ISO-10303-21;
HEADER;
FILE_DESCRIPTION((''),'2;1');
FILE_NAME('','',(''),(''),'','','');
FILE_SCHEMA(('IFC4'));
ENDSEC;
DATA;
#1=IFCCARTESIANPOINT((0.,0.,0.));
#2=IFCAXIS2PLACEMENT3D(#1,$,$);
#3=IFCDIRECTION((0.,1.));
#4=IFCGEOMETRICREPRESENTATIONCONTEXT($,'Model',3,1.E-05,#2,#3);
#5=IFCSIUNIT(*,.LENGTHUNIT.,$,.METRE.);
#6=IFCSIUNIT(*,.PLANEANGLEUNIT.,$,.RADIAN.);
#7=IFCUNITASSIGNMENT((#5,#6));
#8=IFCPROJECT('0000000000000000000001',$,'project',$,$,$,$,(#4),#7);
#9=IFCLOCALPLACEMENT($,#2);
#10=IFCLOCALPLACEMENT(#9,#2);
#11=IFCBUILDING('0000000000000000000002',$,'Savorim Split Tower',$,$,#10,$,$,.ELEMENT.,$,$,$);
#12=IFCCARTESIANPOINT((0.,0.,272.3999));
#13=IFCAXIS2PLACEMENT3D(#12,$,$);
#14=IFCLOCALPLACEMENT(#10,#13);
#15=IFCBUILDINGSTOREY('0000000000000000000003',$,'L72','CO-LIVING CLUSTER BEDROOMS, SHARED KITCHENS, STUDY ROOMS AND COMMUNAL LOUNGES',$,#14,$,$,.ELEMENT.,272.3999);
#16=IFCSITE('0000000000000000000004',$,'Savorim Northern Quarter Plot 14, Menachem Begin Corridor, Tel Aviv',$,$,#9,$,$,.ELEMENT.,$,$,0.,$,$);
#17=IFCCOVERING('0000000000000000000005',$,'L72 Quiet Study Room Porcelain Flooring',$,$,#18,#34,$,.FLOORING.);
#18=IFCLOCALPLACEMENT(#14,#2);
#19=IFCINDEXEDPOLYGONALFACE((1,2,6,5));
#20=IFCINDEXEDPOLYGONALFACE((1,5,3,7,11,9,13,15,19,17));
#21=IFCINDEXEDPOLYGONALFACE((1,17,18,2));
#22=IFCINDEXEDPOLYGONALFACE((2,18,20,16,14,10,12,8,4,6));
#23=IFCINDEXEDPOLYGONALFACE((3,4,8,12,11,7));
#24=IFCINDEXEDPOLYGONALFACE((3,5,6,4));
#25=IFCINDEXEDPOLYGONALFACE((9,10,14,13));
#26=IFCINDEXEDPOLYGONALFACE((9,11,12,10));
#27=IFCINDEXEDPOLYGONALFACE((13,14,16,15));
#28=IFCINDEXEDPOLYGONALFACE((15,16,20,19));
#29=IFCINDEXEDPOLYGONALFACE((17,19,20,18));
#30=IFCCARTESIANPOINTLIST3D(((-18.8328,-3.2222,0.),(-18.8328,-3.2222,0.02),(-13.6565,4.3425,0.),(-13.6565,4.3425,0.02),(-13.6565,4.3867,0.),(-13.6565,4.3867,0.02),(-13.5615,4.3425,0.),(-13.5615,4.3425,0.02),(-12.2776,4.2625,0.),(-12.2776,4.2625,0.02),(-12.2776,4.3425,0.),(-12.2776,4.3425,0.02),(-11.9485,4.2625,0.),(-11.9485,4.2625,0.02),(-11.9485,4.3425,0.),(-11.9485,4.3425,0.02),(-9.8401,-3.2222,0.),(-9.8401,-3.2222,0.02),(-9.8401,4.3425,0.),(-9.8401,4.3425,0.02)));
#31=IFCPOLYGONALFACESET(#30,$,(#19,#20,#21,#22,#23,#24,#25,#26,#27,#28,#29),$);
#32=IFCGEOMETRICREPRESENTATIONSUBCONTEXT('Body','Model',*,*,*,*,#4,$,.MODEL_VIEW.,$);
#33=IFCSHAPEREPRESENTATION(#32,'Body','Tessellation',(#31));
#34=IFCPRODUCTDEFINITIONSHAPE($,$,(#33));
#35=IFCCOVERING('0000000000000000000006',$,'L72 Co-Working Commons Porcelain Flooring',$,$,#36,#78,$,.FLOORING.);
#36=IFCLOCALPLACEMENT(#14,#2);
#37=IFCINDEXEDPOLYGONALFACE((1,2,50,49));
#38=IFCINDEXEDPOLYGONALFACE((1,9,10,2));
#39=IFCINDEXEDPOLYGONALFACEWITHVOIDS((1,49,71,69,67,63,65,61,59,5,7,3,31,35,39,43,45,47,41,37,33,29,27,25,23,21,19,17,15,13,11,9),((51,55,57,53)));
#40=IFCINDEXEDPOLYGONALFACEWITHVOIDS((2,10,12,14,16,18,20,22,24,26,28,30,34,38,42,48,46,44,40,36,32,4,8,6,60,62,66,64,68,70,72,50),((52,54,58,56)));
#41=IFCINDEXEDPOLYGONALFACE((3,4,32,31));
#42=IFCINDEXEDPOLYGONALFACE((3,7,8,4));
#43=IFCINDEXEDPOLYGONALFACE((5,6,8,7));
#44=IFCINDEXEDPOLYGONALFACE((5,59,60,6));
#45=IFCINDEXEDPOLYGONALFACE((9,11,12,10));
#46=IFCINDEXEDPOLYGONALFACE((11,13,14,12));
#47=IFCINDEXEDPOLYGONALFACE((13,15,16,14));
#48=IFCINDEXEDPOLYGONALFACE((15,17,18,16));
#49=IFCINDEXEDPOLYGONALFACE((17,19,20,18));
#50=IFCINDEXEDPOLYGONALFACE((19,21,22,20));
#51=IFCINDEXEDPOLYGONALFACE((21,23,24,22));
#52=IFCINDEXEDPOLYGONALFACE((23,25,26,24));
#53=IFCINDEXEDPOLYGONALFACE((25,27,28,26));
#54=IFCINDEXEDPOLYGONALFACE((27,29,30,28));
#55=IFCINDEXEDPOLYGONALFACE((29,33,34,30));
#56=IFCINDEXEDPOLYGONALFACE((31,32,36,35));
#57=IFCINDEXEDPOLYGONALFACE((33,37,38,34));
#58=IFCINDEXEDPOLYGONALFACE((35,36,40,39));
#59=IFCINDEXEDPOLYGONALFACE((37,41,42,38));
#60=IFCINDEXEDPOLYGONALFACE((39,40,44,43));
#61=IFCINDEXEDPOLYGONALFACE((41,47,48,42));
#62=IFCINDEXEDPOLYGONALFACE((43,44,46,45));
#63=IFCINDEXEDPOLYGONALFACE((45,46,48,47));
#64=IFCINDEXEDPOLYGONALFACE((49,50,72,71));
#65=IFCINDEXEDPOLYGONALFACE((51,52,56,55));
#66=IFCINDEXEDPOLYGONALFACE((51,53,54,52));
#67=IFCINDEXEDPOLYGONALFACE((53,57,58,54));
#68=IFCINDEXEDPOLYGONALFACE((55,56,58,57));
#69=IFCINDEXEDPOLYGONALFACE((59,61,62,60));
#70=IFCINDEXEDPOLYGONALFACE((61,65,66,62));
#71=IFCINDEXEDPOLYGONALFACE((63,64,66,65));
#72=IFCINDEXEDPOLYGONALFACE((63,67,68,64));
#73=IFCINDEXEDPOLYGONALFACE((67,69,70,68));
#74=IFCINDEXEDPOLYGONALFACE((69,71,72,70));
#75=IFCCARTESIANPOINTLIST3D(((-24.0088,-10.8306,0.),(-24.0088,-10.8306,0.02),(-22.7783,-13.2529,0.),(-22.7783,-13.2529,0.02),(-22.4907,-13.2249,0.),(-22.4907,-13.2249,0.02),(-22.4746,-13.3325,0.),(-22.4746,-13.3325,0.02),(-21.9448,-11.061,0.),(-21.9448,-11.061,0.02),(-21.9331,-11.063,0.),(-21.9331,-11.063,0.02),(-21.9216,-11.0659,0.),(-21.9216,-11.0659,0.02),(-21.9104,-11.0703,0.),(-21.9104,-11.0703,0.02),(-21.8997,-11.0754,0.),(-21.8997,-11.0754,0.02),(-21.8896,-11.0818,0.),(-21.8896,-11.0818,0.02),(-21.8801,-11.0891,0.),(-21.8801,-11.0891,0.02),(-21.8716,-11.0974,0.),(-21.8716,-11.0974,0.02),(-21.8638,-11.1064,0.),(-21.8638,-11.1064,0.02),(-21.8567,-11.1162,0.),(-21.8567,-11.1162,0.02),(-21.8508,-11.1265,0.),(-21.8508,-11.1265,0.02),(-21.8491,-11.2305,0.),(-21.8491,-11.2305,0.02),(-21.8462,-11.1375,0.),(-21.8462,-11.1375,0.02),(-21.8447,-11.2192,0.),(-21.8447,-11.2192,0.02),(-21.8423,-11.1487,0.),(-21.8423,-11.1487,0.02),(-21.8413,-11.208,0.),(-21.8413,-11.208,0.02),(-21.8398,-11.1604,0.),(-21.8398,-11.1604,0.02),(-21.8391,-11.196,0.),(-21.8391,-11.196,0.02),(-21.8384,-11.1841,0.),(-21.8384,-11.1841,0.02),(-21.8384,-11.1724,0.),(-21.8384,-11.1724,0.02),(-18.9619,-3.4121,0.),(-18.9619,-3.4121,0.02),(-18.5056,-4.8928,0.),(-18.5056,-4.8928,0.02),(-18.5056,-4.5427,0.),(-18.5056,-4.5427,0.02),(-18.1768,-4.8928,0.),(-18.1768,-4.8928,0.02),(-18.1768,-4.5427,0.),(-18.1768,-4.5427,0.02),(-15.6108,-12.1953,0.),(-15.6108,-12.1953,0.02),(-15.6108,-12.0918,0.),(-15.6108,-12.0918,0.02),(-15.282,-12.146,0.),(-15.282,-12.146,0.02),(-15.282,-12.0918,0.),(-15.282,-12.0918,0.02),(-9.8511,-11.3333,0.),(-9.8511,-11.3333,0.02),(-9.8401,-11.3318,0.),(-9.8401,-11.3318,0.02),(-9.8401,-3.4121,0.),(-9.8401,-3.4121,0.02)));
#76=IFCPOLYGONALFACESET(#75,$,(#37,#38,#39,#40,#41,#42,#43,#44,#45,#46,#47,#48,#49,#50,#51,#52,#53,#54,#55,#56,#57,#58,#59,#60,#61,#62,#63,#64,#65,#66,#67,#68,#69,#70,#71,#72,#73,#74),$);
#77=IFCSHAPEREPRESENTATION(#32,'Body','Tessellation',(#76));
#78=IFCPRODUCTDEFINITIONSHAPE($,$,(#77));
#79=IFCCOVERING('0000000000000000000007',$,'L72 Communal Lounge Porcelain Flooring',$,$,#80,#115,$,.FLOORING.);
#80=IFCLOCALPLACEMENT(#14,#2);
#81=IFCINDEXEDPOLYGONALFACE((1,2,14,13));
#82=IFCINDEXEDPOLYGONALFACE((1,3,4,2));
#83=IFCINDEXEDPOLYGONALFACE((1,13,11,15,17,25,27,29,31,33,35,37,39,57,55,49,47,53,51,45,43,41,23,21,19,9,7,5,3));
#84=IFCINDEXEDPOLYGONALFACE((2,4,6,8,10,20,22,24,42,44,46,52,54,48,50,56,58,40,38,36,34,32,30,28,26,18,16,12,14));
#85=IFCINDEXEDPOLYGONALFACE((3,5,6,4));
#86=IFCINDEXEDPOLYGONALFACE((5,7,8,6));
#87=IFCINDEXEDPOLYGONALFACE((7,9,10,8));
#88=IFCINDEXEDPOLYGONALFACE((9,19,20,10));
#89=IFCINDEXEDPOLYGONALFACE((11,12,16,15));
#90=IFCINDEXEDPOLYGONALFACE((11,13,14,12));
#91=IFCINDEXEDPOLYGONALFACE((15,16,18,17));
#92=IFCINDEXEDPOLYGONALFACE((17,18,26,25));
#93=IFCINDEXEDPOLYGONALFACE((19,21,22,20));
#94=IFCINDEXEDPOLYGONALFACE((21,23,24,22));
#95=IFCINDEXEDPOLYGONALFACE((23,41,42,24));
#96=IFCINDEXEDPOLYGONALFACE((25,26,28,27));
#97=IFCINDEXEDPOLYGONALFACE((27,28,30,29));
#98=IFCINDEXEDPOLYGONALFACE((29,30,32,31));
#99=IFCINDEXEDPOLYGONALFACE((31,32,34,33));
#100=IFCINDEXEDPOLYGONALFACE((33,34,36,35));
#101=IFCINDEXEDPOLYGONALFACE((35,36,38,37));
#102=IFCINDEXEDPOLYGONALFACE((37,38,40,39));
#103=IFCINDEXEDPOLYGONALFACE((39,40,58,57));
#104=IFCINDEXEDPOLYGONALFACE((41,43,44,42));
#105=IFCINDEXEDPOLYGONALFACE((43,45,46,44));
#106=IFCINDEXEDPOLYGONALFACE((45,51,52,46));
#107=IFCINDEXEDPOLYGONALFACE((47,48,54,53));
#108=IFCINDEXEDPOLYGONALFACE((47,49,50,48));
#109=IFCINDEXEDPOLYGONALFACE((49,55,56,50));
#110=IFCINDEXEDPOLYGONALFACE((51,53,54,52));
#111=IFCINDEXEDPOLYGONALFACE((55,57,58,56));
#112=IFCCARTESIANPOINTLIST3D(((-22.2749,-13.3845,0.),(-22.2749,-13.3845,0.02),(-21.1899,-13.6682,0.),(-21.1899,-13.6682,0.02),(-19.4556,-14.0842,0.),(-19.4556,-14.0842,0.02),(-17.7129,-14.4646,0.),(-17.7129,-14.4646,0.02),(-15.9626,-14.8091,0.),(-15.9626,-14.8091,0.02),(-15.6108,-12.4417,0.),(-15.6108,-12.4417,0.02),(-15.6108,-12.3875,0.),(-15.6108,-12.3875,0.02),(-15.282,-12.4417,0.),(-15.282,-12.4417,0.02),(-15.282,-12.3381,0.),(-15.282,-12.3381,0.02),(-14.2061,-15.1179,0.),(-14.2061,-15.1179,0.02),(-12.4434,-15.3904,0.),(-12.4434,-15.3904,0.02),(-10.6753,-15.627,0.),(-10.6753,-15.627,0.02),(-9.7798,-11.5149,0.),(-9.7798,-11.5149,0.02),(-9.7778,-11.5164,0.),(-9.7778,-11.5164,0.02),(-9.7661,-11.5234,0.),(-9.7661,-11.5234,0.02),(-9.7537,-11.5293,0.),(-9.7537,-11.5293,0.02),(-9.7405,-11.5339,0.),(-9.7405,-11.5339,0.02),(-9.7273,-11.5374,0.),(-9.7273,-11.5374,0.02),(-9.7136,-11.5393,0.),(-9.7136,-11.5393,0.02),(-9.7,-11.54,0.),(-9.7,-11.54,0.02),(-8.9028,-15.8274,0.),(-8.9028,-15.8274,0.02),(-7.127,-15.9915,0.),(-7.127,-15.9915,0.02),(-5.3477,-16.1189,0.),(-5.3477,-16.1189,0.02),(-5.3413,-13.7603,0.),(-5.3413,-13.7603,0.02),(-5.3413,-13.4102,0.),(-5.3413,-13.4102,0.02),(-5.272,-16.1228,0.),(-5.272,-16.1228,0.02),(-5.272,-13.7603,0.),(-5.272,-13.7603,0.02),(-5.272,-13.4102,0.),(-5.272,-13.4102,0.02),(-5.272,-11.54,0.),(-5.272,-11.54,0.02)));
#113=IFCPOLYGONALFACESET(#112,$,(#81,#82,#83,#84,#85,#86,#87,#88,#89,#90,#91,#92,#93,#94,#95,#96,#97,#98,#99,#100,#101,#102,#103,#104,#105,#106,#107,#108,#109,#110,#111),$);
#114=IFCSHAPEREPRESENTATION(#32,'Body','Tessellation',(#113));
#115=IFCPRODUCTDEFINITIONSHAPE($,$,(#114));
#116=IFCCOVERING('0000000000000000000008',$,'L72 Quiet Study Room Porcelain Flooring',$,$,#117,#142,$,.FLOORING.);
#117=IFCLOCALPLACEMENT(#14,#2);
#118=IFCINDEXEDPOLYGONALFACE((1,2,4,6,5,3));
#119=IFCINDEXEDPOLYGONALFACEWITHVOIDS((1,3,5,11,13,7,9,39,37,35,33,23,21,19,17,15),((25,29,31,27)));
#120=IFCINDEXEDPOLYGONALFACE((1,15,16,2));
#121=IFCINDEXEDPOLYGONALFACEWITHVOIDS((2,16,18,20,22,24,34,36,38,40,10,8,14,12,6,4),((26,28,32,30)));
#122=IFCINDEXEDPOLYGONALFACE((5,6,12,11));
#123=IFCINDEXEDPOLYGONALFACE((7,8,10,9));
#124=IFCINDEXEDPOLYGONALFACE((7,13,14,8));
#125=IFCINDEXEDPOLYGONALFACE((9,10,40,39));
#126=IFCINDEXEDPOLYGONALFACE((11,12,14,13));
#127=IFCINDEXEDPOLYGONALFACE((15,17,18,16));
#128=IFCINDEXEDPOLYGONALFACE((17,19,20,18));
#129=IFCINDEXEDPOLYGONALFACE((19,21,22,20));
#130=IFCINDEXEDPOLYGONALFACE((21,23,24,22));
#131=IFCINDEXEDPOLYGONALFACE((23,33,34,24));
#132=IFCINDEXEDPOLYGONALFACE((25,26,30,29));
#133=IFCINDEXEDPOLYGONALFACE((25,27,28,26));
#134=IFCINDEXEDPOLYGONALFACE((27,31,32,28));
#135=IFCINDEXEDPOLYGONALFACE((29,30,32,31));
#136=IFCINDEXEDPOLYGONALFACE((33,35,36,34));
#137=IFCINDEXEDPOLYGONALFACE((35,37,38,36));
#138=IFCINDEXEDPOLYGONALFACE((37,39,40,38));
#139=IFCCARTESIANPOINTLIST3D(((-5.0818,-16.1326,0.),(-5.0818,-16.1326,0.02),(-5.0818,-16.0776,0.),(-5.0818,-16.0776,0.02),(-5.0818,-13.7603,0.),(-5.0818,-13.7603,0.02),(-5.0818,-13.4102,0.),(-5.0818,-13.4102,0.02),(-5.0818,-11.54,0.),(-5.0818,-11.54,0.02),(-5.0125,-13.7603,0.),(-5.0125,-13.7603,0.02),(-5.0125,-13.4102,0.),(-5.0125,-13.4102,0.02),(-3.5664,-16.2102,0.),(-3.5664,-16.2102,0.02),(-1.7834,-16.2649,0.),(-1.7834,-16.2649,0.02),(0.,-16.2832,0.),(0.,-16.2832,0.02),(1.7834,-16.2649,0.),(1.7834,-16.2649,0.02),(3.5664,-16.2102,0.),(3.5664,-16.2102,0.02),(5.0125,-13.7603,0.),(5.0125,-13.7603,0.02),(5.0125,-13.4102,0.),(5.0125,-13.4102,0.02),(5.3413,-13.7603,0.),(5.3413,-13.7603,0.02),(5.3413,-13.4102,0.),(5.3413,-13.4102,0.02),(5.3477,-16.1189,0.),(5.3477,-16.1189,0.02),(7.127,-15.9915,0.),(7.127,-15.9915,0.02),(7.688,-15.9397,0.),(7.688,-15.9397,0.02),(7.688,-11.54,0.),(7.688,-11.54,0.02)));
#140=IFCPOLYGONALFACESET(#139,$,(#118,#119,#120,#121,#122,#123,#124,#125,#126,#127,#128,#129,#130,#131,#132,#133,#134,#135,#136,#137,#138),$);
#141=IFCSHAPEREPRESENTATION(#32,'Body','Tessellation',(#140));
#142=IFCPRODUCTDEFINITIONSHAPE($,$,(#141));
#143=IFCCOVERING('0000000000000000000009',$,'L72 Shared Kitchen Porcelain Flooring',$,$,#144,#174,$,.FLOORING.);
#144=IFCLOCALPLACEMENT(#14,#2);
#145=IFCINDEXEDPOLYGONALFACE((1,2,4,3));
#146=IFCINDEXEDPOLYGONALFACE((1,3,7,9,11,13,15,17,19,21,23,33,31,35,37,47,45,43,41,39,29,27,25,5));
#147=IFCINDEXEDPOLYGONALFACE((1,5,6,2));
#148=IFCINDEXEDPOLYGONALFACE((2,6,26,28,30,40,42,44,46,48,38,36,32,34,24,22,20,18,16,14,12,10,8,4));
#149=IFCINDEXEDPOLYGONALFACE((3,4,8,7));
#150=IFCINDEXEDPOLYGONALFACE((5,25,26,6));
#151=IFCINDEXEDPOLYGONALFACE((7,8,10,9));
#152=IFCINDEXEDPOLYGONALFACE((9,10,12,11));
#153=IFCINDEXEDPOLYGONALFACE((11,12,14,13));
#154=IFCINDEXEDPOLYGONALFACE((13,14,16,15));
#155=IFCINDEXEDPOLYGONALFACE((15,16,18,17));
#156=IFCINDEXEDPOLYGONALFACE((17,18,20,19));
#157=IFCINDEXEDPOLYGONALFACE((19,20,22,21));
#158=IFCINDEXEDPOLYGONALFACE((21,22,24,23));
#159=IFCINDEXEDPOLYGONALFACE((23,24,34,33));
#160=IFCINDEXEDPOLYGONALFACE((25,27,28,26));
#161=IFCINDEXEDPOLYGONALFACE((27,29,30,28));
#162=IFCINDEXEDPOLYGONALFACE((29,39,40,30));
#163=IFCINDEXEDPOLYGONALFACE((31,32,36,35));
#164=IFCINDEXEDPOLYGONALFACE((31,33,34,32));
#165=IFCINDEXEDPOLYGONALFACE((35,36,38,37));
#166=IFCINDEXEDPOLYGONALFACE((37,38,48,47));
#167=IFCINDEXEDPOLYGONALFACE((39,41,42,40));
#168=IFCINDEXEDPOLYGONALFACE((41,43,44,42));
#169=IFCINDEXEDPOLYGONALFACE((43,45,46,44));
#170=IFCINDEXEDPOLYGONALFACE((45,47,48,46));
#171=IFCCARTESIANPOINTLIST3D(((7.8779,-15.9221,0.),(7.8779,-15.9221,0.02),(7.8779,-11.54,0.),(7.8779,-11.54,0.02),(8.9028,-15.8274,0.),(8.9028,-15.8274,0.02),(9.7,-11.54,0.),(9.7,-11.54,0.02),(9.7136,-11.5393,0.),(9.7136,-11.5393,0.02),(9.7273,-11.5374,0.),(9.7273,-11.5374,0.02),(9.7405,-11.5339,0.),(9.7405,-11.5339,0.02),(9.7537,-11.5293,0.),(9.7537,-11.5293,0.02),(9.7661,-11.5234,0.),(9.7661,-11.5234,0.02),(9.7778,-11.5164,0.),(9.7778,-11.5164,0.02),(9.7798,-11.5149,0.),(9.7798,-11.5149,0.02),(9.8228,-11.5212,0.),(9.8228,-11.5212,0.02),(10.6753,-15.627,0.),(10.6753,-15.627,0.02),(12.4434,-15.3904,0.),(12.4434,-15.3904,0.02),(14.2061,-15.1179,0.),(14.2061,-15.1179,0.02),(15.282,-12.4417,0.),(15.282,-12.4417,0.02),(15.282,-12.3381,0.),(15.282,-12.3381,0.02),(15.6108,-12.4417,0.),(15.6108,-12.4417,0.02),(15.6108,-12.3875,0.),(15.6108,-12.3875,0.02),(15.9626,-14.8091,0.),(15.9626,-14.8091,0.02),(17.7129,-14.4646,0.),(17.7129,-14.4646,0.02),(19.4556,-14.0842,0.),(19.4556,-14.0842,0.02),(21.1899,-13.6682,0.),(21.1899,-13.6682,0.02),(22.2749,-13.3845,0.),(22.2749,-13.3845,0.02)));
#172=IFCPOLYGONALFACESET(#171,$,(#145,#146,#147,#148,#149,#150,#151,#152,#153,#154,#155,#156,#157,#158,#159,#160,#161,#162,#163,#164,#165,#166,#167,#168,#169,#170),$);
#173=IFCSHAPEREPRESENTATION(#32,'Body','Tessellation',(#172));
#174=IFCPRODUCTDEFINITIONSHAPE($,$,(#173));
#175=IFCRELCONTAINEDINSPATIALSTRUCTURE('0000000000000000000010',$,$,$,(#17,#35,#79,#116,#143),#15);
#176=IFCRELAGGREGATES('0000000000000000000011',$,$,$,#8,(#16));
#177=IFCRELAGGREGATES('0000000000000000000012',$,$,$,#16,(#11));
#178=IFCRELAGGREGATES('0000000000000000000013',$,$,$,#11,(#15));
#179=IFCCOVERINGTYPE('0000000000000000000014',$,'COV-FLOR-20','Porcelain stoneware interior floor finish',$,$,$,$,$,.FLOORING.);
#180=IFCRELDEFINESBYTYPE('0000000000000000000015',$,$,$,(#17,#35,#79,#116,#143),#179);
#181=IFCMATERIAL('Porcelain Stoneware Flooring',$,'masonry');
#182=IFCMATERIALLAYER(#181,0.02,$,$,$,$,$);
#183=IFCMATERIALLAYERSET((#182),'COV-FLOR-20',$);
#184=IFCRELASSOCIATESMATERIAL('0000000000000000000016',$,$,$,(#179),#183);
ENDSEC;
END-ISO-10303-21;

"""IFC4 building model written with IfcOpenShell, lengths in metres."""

from ifc_helpers import new_model, si_unit, direction, frame, origin, place, context, subcontext, project, spatial, polyline, outline, extrude, material, layer, layer_set, type_object, element, save


model = new_model("IFC4")

# Units and contexts
model_context = context("Model", 3, precision=1e-05, world=origin(), true_north=direction((0.0, 1.0)))
body_context = subcontext(model_context, "Body", "Model", "MODEL_VIEW")
ifc_project = project(units=[si_unit("LENGTHUNIT", "METRE"), si_unit("PLANEANGLEUNIT", "RADIAN")], contexts=[model_context])

# Site, building, storey
site_placement = place(None, origin())
site = spatial("IfcSite", under=ifc_project, at=site_placement, Name="Savorim Northern Quarter Plot 14, Menachem Begin Corridor, Tel Aviv", CompositionType="ELEMENT", RefElevation=0.0)
building_placement = place(site_placement, origin())
building = spatial("IfcBuilding", under=site, at=building_placement, Name="Savorim Split Tower", CompositionType="ELEMENT")
storey_placement = place(building_placement, frame((0.0, 0.0, 272.3999)))
storey = spatial("IfcBuildingStorey", under=building, at=storey_placement, Name="L72", Description="CO-LIVING CLUSTER BEDROOMS, SHARED KITCHENS, STUDY ROOMS AND COMMUNAL LOUNGES", CompositionType="ELEMENT", Elevation=272.3999)

# Coverings
ifc_material_1 = material(Name="Porcelain Stoneware Flooring", Category="masonry")
ifc_layer_1 = layer(ifc_material_1, 0.02)
ifc_layer_set_1 = layer_set([ifc_layer_1], Name="COV-FLOR-20")
covering_type_1 = type_object("IfcCoveringType", Name="COV-FLOR-20", Description="Porcelain stoneware interior floor finish", PredefinedType="FLOORING", material=ifc_layer_set_1)
covering_1_placement = place(storey_placement, origin())
element("IfcCovering", 1, at=covering_1_placement, inside=storey, type_object=covering_type_1, Name="L72 Quiet Study Room Porcelain Flooring", PredefinedType="FLOORING", context=body_context, shape_type="SweptSolid", body=[
    extrude(outline(polyline([(-13.5615, 4.3425), (-13.6565, 4.3425), (-13.6565, 4.3867), (-18.8328, -3.2222), (-9.8401, -3.2222), (-9.8401, 4.3425), (-11.9485, 4.3425), (-11.9485, 4.2625), (-12.2776, 4.2625), (-12.2776, 4.3425), (-13.5615, 4.3425)])), origin(), (0.0, 0.0, 1.0), 0.02),
])
covering_2_placement = place(storey_placement, origin())
element("IfcCovering", 2, at=covering_2_placement, inside=storey, type_object=covering_type_1, Name="L72 Co-Working Commons Porcelain Flooring", PredefinedType="FLOORING", context=body_context, shape_type="SweptSolid", body=[
    extrude(outline(polyline([(-21.8384, -11.1724), (-21.8384, -11.1841), (-21.8391, -11.196), (-21.8413, -11.208), (-21.8447, -11.2192), (-21.8491, -11.2305), (-22.7783, -13.2529), (-22.4746, -13.3325), (-22.4907, -13.2249), (-15.6108, -12.1953), (-15.6108, -12.0918), (-15.282, -12.0918), (-15.282, -12.146), (-9.8511, -11.3333), (-9.8401, -11.3318), (-9.8401, -3.4121), (-18.9619, -3.4121), (-24.0088, -10.8306), (-21.9448, -11.061), (-21.9331, -11.063), (-21.9216, -11.0659), (-21.9104, -11.0703), (-21.8997, -11.0754), (-21.8896, -11.0818), (-21.8801, -11.0891), (-21.8716, -11.0974), (-21.8638, -11.1064), (-21.8567, -11.1162), (-21.8508, -11.1265), (-21.8462, -11.1375), (-21.8423, -11.1487), (-21.8398, -11.1604), (-21.8384, -11.1724)]), holes=[polyline([(-18.5056, -4.8928), (-18.1768, -4.8928), (-18.1768, -4.5427), (-18.5056, -4.5427), (-18.5056, -4.8928)])]), origin(), (0.0, 0.0, 1.0), 0.02),
])
covering_3_placement = place(storey_placement, origin())
element("IfcCovering", 3, at=covering_3_placement, inside=storey, type_object=covering_type_1, Name="L72 Communal Lounge Porcelain Flooring", PredefinedType="FLOORING", context=body_context, shape_type="SweptSolid", body=[
    extrude(outline(polyline([(-10.6753, -15.627), (-8.9028, -15.8274), (-7.127, -15.9915), (-5.3477, -16.1189), (-5.272, -16.1228), (-5.272, -13.7603), (-5.3413, -13.7603), (-5.3413, -13.4102), (-5.272, -13.4102), (-5.272, -11.54), (-9.7, -11.54), (-9.7136, -11.5393), (-9.7273, -11.5374), (-9.7405, -11.5339), (-9.7537, -11.5293), (-9.7661, -11.5234), (-9.7778, -11.5164), (-9.7798, -11.5149), (-15.282, -12.3381), (-15.282, -12.4417), (-15.6108, -12.4417), (-15.6108, -12.3875), (-22.2749, -13.3845), (-21.1899, -13.6682), (-19.4556, -14.0842), (-17.7129, -14.4646), (-15.9626, -14.8091), (-14.2061, -15.1179), (-12.4434, -15.3904), (-10.6753, -15.627)])), origin(), (0.0, 0.0, 1.0), 0.02),
])
covering_4_placement = place(storey_placement, origin())
element("IfcCovering", 4, at=covering_4_placement, inside=storey, type_object=covering_type_1, Name="L72 Quiet Study Room Porcelain Flooring", PredefinedType="FLOORING", context=body_context, shape_type="SweptSolid", body=[
    extrude(outline(polyline([(3.5664, -16.2102), (5.3477, -16.1189), (7.127, -15.9915), (7.688, -15.9397), (7.688, -11.54), (-5.0818, -11.54), (-5.0818, -13.4102), (-5.0125, -13.4102), (-5.0125, -13.7603), (-5.0818, -13.7603), (-5.0818, -16.0776), (-5.0818, -16.1326), (-3.5664, -16.2102), (-1.7834, -16.2649), (0.0, -16.2832), (1.7834, -16.2649), (3.5664, -16.2102)]), holes=[polyline([(5.0125, -13.7603), (5.3413, -13.7603), (5.3413, -13.4102), (5.0125, -13.4102), (5.0125, -13.7603)])]), origin(), (0.0, 0.0, 1.0), 0.02),
])
covering_5_placement = place(storey_placement, origin())
element("IfcCovering", 5, at=covering_5_placement, inside=storey, type_object=covering_type_1, Name="L72 Shared Kitchen Porcelain Flooring", PredefinedType="FLOORING", context=body_context, shape_type="SweptSolid", body=[
    extrude(outline(polyline([(15.9626, -14.8091), (17.7129, -14.4646), (19.4556, -14.0842), (21.1899, -13.6682), (22.2749, -13.3845), (15.6108, -12.3875), (15.6108, -12.4417), (15.282, -12.4417), (15.282, -12.3381), (9.8228, -11.5212), (9.7798, -11.5149), (9.7778, -11.5164), (9.7661, -11.5234), (9.7537, -11.5293), (9.7405, -11.5339), (9.7273, -11.5374), (9.7136, -11.5393), (9.7, -11.54), (7.8779, -11.54), (7.8779, -15.9221), (8.9028, -15.8274), (10.6753, -15.627), (12.4434, -15.3904), (14.2061, -15.1179), (15.9626, -14.8091)])), origin(), (0.0, 0.0, 1.0), 0.02),
])

save(model, "model.ifc")
